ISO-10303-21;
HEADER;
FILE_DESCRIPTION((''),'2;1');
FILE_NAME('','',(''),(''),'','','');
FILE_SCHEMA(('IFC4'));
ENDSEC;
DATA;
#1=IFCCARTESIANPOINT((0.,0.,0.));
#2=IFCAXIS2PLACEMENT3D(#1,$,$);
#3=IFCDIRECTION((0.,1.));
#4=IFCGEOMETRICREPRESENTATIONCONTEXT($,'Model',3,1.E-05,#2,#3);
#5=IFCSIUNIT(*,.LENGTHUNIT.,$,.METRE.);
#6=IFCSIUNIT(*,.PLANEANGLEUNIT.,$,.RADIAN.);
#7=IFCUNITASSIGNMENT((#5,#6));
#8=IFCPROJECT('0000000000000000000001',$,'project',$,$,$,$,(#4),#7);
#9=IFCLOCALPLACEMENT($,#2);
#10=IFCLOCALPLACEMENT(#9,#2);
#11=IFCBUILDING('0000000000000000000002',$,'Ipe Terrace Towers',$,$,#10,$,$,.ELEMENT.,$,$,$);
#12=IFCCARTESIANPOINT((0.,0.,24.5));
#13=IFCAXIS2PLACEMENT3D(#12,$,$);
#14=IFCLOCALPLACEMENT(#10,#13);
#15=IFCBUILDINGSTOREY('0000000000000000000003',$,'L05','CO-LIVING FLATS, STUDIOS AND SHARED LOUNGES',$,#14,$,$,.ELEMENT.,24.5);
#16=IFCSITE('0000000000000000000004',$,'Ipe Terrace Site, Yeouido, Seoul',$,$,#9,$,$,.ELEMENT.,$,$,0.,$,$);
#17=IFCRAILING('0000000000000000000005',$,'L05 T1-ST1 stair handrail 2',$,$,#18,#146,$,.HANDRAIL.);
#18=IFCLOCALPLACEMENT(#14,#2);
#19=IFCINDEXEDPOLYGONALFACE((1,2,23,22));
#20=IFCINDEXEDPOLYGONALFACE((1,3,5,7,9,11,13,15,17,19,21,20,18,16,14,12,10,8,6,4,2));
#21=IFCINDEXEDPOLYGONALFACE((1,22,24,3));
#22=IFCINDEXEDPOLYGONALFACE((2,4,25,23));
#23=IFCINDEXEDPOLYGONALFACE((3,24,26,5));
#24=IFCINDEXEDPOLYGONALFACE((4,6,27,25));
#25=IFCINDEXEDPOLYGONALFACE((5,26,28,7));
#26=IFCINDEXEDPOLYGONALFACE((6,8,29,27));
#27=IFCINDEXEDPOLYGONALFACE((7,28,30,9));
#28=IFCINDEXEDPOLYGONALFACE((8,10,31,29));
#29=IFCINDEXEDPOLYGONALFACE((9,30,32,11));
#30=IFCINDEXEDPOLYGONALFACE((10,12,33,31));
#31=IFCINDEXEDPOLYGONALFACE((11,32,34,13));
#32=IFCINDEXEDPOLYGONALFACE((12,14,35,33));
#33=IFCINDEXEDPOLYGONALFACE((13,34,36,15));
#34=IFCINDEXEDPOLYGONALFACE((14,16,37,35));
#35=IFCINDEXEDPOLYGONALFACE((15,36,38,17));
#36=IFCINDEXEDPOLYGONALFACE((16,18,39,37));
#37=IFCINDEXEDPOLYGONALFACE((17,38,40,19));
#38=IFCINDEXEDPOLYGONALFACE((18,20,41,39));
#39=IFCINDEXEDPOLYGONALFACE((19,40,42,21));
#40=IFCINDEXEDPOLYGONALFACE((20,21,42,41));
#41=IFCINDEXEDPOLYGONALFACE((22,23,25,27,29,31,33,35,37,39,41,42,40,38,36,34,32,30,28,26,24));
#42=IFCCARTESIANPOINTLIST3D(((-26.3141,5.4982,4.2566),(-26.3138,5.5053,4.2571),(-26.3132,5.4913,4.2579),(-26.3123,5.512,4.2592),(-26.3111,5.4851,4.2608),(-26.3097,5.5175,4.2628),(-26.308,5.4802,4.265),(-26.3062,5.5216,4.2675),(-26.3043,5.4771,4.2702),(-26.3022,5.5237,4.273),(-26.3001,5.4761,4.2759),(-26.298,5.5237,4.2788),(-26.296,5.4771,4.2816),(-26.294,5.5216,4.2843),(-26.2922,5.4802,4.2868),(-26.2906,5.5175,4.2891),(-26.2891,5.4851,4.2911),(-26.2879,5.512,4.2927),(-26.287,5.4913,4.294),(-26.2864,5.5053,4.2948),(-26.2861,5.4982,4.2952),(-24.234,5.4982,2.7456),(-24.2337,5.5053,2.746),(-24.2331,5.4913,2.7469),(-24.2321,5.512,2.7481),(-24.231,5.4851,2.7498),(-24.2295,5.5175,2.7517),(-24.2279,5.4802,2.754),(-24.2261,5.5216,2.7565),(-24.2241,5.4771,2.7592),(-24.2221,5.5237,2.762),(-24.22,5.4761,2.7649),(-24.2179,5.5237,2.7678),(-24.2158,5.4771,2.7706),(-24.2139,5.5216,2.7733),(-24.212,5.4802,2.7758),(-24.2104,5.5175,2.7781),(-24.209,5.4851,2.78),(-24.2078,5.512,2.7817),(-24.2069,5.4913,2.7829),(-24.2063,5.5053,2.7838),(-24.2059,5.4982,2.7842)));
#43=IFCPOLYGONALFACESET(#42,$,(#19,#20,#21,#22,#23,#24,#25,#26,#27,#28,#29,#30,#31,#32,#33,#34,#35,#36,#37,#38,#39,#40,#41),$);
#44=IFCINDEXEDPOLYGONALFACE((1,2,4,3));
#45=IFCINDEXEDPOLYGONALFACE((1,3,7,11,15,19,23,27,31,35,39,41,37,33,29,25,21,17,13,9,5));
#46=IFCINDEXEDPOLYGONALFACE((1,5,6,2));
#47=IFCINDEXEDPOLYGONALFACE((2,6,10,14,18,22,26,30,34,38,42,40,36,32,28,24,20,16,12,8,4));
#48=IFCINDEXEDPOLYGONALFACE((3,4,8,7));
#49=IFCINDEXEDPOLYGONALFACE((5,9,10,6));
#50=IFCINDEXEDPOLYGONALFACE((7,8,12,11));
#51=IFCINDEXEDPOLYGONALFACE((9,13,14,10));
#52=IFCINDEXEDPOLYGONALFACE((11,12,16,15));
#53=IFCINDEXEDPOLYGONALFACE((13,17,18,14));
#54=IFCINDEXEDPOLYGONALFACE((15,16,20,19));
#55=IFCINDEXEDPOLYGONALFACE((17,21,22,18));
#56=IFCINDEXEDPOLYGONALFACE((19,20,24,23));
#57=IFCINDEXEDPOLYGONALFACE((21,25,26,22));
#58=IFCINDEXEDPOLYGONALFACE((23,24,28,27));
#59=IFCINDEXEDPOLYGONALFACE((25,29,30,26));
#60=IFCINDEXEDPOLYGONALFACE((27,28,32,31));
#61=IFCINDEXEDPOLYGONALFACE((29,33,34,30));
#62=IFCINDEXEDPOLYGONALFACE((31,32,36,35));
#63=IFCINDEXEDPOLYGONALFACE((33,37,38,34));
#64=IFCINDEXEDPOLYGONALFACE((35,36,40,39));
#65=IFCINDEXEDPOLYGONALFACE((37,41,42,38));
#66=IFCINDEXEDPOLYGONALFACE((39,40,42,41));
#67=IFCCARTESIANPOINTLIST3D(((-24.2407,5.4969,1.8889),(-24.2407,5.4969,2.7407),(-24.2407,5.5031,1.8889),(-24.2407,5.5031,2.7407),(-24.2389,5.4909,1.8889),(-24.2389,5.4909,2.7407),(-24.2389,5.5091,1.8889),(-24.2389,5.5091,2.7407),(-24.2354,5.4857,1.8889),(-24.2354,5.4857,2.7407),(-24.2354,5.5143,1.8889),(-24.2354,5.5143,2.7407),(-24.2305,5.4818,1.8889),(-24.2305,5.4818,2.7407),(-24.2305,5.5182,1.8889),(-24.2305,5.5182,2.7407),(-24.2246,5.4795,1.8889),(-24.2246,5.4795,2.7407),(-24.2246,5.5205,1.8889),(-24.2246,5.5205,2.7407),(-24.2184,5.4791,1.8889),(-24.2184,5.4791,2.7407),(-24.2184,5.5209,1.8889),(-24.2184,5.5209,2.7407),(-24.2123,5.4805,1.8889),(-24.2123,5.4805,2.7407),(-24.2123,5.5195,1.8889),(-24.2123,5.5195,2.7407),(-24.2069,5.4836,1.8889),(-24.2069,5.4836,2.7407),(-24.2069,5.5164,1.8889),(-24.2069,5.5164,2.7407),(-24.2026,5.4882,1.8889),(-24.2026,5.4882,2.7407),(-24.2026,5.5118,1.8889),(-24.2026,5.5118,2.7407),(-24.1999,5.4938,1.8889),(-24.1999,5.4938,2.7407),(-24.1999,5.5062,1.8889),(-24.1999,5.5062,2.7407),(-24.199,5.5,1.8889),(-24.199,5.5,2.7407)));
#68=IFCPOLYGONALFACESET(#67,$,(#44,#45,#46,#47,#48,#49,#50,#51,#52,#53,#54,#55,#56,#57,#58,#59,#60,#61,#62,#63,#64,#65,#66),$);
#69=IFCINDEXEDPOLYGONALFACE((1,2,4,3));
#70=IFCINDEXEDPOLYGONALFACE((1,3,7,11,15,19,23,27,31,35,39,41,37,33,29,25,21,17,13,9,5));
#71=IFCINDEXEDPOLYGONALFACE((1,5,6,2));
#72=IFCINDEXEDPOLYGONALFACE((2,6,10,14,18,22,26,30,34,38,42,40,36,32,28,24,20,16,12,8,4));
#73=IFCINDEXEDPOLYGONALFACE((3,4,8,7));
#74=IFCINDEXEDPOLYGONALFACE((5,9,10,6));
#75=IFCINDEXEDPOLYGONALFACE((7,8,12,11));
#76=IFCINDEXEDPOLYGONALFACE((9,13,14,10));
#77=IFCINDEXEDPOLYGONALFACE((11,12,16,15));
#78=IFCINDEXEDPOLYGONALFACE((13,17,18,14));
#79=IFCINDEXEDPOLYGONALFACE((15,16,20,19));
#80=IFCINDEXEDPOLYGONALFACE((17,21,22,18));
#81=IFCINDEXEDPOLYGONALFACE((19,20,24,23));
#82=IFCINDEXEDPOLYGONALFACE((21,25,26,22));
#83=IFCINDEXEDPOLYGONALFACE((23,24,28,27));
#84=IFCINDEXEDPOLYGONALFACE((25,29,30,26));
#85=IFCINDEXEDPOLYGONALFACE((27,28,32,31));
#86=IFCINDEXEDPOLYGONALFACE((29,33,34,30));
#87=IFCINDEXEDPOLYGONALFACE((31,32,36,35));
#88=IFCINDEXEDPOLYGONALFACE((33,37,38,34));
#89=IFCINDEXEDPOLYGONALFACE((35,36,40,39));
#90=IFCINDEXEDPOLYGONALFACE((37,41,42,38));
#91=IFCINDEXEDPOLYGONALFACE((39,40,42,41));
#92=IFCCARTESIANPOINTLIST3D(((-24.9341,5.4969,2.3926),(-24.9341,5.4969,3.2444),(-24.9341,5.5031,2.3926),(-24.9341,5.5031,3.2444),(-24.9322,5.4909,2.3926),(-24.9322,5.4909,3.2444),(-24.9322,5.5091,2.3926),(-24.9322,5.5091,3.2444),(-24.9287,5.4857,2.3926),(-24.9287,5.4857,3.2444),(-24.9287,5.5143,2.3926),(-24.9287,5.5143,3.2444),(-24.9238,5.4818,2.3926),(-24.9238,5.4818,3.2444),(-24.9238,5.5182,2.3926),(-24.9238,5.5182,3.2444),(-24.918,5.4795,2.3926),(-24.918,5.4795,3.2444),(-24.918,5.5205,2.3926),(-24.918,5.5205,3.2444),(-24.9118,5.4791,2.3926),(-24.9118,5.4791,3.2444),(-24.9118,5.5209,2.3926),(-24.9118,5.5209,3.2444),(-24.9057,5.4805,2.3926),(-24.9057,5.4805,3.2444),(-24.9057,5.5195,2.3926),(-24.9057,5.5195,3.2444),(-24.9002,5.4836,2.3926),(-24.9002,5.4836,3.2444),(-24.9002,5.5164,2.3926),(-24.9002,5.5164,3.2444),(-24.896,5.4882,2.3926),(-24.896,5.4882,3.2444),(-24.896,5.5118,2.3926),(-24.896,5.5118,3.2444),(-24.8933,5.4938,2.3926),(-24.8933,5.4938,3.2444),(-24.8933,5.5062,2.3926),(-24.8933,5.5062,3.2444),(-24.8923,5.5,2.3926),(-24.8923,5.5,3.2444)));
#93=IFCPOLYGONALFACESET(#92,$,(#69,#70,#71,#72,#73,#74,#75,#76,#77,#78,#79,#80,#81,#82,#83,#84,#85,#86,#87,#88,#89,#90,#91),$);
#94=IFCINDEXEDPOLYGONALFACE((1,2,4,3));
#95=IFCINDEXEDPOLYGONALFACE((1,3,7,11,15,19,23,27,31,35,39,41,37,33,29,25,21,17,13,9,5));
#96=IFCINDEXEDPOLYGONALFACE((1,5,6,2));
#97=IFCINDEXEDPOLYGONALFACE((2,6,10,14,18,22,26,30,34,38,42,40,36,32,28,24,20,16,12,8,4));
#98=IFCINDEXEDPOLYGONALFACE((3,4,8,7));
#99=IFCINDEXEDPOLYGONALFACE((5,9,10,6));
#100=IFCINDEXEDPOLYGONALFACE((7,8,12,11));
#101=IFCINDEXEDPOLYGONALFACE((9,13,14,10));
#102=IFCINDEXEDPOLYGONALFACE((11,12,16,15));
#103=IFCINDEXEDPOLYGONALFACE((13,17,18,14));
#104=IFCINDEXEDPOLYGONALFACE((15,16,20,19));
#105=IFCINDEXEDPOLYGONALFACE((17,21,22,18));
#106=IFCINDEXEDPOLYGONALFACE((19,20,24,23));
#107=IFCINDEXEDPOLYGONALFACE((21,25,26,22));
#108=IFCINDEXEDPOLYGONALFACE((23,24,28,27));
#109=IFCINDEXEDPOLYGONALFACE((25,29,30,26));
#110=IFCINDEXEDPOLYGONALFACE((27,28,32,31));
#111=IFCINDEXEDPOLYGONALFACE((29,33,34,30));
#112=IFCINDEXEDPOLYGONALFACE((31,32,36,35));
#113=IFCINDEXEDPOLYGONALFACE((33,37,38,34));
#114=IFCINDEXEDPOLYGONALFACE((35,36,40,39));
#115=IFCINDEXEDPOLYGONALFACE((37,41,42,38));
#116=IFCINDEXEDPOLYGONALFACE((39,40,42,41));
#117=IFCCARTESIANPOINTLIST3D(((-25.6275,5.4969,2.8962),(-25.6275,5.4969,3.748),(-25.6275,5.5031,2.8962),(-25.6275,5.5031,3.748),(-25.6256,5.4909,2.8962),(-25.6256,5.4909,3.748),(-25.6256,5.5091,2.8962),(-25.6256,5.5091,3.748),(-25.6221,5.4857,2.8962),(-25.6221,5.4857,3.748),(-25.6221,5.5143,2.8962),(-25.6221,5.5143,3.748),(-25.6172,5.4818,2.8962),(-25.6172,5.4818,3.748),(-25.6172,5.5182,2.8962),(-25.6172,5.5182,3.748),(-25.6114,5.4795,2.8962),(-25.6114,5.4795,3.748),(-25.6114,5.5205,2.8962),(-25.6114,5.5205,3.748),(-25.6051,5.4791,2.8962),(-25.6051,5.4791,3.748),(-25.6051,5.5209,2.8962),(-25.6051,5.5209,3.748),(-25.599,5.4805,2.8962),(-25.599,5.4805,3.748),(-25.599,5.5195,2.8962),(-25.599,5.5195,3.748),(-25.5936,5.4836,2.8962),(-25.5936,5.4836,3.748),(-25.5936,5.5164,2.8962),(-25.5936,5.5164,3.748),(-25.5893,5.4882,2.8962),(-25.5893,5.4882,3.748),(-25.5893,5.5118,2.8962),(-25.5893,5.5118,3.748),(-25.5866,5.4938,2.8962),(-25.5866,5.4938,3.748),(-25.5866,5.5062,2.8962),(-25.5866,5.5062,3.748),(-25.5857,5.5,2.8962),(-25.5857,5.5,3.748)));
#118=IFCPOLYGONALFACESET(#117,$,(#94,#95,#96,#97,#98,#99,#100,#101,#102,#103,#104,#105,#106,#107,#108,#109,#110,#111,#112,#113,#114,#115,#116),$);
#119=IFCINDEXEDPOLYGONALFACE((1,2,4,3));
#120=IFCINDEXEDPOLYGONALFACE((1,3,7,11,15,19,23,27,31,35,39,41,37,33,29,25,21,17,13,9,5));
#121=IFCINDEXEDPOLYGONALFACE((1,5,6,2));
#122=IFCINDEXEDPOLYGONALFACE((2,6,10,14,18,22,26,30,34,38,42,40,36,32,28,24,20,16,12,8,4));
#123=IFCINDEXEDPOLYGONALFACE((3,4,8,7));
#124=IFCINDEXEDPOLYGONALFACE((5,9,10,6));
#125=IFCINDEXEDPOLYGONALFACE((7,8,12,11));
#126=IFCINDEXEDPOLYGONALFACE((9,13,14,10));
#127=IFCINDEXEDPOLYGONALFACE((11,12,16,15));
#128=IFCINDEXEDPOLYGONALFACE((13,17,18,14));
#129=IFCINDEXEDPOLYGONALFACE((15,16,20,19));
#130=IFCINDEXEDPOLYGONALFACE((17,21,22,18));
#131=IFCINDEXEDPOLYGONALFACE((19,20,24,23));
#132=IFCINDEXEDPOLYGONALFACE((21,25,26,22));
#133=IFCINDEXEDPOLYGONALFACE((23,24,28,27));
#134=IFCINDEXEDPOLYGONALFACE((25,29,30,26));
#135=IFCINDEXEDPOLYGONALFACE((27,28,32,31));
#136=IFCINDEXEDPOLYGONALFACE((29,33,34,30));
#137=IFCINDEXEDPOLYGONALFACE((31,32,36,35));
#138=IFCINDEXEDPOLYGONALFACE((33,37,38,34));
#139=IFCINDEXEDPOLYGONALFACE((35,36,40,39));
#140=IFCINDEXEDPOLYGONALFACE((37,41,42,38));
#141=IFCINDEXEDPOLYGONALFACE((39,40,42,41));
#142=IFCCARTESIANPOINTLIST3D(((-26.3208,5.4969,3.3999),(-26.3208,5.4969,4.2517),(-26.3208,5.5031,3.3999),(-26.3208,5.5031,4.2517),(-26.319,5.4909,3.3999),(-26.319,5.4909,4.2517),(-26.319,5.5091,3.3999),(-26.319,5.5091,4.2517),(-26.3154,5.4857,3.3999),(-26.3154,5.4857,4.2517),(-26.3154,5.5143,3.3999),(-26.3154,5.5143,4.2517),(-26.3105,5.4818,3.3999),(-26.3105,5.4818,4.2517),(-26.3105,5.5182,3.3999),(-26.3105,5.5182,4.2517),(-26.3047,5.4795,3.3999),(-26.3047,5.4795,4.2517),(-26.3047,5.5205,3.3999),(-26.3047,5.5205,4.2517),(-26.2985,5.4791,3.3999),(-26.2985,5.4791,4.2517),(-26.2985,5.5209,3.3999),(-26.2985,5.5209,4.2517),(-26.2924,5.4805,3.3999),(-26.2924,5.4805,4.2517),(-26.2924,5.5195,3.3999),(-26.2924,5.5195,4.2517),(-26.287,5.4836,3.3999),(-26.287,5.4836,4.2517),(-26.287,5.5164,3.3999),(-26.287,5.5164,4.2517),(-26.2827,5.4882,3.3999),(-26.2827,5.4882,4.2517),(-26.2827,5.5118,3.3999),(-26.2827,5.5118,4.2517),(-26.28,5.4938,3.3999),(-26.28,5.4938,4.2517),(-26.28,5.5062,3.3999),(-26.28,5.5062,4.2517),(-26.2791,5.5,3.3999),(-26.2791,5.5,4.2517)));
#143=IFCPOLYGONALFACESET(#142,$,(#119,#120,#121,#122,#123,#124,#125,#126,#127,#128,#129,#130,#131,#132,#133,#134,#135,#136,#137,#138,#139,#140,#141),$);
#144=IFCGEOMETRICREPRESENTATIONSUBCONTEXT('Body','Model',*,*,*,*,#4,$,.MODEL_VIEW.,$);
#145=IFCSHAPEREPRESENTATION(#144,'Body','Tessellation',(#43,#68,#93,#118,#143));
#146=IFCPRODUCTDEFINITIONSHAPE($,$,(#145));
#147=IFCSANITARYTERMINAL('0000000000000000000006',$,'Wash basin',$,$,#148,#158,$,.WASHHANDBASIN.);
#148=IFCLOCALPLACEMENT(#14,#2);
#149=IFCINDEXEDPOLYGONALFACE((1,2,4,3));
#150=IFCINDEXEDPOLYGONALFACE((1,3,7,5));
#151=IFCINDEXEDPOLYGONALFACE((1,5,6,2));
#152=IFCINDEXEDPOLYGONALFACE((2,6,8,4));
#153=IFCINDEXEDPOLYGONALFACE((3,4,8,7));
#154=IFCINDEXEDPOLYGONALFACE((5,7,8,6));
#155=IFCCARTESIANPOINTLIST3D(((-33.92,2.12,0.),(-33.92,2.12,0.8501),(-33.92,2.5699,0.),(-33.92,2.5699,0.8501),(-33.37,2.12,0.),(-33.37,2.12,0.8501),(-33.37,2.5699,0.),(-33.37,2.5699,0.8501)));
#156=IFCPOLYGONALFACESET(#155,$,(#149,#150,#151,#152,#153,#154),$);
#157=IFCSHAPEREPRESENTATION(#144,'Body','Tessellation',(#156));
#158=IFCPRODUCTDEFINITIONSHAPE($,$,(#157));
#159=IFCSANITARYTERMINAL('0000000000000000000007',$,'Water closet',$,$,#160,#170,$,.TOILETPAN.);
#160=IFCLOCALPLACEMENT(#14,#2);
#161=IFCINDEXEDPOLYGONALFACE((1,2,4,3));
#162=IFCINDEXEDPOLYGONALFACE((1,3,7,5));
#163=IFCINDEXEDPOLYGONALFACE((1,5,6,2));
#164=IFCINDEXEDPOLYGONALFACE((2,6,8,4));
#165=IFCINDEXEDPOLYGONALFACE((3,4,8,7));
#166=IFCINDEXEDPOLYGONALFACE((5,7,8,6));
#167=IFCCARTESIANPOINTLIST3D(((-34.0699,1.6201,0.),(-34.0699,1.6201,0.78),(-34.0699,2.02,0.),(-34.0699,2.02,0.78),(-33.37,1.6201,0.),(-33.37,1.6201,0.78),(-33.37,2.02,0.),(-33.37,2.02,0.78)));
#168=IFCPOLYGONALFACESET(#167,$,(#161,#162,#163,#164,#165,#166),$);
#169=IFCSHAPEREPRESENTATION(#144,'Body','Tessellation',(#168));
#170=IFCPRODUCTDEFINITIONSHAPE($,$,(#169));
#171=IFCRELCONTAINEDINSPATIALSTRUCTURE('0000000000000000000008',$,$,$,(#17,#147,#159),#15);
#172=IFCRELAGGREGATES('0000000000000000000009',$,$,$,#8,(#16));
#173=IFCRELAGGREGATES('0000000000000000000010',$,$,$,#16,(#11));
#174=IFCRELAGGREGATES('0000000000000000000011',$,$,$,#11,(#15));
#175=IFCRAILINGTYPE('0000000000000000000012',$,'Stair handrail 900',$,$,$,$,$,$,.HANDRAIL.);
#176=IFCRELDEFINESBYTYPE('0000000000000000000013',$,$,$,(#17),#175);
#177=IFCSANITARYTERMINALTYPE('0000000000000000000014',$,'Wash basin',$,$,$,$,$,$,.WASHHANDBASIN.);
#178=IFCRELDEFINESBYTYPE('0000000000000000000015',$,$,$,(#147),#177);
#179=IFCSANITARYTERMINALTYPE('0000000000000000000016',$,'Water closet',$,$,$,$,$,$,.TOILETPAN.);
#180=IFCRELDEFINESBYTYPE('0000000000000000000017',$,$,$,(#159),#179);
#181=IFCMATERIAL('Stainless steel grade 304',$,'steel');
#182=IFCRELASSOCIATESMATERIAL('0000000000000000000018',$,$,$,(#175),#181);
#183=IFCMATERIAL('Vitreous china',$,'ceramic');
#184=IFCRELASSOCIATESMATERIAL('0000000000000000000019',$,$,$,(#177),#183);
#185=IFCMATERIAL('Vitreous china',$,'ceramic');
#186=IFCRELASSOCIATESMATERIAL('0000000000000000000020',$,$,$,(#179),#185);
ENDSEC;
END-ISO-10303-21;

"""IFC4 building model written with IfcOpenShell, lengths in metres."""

from ifc_helpers import new_model, si_unit, direction, frame, origin, origin_2d, place, context, subcontext, project, spatial, rectangle, circle, extrude, material, type_object, element, save


model = new_model("IFC4")

# Units and contexts
model_context = context("Model", 3, precision=1e-05, world=origin(), true_north=direction((0.0, 1.0)))
body_context = subcontext(model_context, "Body", "Model", "MODEL_VIEW")
ifc_project = project(units=[si_unit("LENGTHUNIT", "METRE"), si_unit("PLANEANGLEUNIT", "RADIAN")], contexts=[model_context])

# Site, building, storey
site_placement = place(None, origin())
site = spatial("IfcSite", under=ifc_project, at=site_placement, Name="Ipe Terrace Site, Yeouido, Seoul", CompositionType="ELEMENT", RefElevation=0.0)
building_placement = place(site_placement, origin())
building = spatial("IfcBuilding", under=site, at=building_placement, Name="Ipe Terrace Towers", CompositionType="ELEMENT")
storey_placement = place(building_placement, frame((0.0, 0.0, 24.5)))
storey = spatial("IfcBuildingStorey", under=building, at=storey_placement, Name="L05", Description="CO-LIVING FLATS, STUDIOS AND SHARED LOUNGES", CompositionType="ELEMENT", Elevation=24.5)

# Railing
ifc_material_1 = material(Name="Stainless steel grade 304", Category="steel")
railing_type_1 = type_object("IfcRailingType", Name="Stair handrail 900", PredefinedType="HANDRAIL", material=ifc_material_1)
railing_1_placement = place(storey_placement, frame((-24.22, 5.5, 1.8889)))
element("IfcRailing", 1, at=railing_1_placement, inside=storey, type_object=railing_type_1, Name="L05 T1-ST1 stair handrail 2", PredefinedType="HANDRAIL", context=body_context, shape_type="SweptSolid", body=[
    extrude(circle(Radius=0.0239, at=origin_2d()), frame((0.0, 0.0, 0.876), z_axis=(-0.809069, 0.0, 0.587714), x_axis=(0.0, -1.0, 0.0)), (0.0, 0.0, 1.0), 2.571),
    extrude(circle(Radius=0.021, at=origin_2d()), origin(), (0.0, 0.0, 1.0), 0.8518),
    extrude(circle(Radius=0.021, at=origin_2d()), frame((-0.6934, 0.0, 0.5037)), (0.0, 0.0, 1.0), 0.8518),
    extrude(circle(Radius=0.021, at=origin_2d()), frame((-1.3867, 0.0, 1.0073)), (0.0, 0.0, 1.0), 0.8518),
    extrude(circle(Radius=0.021, at=origin_2d()), frame((-2.0801, 0.0, 1.511)), (0.0, 0.0, 1.0), 0.8518),
])

# Sanitary terminals
ifc_material_2 = material(Name="Vitreous china", Category="ceramic")
sanitary_terminal_type_1 = type_object("IfcSanitaryTerminalType", Name="Wash basin", PredefinedType="WASHHANDBASIN", material=ifc_material_2)
sanitary_terminal_1_placement = place(storey_placement, frame((-33.645, 2.345, 0.0), z_axis=(0.0, 0.0, 1.0), x_axis=(-1.0, 0.0, 0.0)))
element("IfcSanitaryTerminal", 2, at=sanitary_terminal_1_placement, inside=storey, type_object=sanitary_terminal_type_1, Name="Wash basin", PredefinedType="WASHHANDBASIN", context=body_context, shape_type="SweptSolid", body=[
    extrude(rectangle(XDim=0.55, YDim=0.45, at=origin_2d()), origin(), (0.0, 0.0, 1.0), 0.8501),
])
ifc_material_3 = material(Name="Vitreous china", Category="ceramic")
sanitary_terminal_type_2 = type_object("IfcSanitaryTerminalType", Name="Water closet", PredefinedType="TOILETPAN", material=ifc_material_3)
sanitary_terminal_2_placement = place(storey_placement, frame((-33.72, 1.8201, 0.0), z_axis=(0.0, 0.0, 1.0), x_axis=(-1.0, 0.0, 0.0)))
element("IfcSanitaryTerminal", 3, at=sanitary_terminal_2_placement, inside=storey, type_object=sanitary_terminal_type_2, Name="Water closet", PredefinedType="TOILETPAN", context=body_context, shape_type="SweptSolid", body=[
    extrude(rectangle(XDim=0.7, YDim=0.3999, at=origin_2d()), origin(), (0.0, 0.0, 1.0), 0.78),
])

save(model, "model.ifc")
